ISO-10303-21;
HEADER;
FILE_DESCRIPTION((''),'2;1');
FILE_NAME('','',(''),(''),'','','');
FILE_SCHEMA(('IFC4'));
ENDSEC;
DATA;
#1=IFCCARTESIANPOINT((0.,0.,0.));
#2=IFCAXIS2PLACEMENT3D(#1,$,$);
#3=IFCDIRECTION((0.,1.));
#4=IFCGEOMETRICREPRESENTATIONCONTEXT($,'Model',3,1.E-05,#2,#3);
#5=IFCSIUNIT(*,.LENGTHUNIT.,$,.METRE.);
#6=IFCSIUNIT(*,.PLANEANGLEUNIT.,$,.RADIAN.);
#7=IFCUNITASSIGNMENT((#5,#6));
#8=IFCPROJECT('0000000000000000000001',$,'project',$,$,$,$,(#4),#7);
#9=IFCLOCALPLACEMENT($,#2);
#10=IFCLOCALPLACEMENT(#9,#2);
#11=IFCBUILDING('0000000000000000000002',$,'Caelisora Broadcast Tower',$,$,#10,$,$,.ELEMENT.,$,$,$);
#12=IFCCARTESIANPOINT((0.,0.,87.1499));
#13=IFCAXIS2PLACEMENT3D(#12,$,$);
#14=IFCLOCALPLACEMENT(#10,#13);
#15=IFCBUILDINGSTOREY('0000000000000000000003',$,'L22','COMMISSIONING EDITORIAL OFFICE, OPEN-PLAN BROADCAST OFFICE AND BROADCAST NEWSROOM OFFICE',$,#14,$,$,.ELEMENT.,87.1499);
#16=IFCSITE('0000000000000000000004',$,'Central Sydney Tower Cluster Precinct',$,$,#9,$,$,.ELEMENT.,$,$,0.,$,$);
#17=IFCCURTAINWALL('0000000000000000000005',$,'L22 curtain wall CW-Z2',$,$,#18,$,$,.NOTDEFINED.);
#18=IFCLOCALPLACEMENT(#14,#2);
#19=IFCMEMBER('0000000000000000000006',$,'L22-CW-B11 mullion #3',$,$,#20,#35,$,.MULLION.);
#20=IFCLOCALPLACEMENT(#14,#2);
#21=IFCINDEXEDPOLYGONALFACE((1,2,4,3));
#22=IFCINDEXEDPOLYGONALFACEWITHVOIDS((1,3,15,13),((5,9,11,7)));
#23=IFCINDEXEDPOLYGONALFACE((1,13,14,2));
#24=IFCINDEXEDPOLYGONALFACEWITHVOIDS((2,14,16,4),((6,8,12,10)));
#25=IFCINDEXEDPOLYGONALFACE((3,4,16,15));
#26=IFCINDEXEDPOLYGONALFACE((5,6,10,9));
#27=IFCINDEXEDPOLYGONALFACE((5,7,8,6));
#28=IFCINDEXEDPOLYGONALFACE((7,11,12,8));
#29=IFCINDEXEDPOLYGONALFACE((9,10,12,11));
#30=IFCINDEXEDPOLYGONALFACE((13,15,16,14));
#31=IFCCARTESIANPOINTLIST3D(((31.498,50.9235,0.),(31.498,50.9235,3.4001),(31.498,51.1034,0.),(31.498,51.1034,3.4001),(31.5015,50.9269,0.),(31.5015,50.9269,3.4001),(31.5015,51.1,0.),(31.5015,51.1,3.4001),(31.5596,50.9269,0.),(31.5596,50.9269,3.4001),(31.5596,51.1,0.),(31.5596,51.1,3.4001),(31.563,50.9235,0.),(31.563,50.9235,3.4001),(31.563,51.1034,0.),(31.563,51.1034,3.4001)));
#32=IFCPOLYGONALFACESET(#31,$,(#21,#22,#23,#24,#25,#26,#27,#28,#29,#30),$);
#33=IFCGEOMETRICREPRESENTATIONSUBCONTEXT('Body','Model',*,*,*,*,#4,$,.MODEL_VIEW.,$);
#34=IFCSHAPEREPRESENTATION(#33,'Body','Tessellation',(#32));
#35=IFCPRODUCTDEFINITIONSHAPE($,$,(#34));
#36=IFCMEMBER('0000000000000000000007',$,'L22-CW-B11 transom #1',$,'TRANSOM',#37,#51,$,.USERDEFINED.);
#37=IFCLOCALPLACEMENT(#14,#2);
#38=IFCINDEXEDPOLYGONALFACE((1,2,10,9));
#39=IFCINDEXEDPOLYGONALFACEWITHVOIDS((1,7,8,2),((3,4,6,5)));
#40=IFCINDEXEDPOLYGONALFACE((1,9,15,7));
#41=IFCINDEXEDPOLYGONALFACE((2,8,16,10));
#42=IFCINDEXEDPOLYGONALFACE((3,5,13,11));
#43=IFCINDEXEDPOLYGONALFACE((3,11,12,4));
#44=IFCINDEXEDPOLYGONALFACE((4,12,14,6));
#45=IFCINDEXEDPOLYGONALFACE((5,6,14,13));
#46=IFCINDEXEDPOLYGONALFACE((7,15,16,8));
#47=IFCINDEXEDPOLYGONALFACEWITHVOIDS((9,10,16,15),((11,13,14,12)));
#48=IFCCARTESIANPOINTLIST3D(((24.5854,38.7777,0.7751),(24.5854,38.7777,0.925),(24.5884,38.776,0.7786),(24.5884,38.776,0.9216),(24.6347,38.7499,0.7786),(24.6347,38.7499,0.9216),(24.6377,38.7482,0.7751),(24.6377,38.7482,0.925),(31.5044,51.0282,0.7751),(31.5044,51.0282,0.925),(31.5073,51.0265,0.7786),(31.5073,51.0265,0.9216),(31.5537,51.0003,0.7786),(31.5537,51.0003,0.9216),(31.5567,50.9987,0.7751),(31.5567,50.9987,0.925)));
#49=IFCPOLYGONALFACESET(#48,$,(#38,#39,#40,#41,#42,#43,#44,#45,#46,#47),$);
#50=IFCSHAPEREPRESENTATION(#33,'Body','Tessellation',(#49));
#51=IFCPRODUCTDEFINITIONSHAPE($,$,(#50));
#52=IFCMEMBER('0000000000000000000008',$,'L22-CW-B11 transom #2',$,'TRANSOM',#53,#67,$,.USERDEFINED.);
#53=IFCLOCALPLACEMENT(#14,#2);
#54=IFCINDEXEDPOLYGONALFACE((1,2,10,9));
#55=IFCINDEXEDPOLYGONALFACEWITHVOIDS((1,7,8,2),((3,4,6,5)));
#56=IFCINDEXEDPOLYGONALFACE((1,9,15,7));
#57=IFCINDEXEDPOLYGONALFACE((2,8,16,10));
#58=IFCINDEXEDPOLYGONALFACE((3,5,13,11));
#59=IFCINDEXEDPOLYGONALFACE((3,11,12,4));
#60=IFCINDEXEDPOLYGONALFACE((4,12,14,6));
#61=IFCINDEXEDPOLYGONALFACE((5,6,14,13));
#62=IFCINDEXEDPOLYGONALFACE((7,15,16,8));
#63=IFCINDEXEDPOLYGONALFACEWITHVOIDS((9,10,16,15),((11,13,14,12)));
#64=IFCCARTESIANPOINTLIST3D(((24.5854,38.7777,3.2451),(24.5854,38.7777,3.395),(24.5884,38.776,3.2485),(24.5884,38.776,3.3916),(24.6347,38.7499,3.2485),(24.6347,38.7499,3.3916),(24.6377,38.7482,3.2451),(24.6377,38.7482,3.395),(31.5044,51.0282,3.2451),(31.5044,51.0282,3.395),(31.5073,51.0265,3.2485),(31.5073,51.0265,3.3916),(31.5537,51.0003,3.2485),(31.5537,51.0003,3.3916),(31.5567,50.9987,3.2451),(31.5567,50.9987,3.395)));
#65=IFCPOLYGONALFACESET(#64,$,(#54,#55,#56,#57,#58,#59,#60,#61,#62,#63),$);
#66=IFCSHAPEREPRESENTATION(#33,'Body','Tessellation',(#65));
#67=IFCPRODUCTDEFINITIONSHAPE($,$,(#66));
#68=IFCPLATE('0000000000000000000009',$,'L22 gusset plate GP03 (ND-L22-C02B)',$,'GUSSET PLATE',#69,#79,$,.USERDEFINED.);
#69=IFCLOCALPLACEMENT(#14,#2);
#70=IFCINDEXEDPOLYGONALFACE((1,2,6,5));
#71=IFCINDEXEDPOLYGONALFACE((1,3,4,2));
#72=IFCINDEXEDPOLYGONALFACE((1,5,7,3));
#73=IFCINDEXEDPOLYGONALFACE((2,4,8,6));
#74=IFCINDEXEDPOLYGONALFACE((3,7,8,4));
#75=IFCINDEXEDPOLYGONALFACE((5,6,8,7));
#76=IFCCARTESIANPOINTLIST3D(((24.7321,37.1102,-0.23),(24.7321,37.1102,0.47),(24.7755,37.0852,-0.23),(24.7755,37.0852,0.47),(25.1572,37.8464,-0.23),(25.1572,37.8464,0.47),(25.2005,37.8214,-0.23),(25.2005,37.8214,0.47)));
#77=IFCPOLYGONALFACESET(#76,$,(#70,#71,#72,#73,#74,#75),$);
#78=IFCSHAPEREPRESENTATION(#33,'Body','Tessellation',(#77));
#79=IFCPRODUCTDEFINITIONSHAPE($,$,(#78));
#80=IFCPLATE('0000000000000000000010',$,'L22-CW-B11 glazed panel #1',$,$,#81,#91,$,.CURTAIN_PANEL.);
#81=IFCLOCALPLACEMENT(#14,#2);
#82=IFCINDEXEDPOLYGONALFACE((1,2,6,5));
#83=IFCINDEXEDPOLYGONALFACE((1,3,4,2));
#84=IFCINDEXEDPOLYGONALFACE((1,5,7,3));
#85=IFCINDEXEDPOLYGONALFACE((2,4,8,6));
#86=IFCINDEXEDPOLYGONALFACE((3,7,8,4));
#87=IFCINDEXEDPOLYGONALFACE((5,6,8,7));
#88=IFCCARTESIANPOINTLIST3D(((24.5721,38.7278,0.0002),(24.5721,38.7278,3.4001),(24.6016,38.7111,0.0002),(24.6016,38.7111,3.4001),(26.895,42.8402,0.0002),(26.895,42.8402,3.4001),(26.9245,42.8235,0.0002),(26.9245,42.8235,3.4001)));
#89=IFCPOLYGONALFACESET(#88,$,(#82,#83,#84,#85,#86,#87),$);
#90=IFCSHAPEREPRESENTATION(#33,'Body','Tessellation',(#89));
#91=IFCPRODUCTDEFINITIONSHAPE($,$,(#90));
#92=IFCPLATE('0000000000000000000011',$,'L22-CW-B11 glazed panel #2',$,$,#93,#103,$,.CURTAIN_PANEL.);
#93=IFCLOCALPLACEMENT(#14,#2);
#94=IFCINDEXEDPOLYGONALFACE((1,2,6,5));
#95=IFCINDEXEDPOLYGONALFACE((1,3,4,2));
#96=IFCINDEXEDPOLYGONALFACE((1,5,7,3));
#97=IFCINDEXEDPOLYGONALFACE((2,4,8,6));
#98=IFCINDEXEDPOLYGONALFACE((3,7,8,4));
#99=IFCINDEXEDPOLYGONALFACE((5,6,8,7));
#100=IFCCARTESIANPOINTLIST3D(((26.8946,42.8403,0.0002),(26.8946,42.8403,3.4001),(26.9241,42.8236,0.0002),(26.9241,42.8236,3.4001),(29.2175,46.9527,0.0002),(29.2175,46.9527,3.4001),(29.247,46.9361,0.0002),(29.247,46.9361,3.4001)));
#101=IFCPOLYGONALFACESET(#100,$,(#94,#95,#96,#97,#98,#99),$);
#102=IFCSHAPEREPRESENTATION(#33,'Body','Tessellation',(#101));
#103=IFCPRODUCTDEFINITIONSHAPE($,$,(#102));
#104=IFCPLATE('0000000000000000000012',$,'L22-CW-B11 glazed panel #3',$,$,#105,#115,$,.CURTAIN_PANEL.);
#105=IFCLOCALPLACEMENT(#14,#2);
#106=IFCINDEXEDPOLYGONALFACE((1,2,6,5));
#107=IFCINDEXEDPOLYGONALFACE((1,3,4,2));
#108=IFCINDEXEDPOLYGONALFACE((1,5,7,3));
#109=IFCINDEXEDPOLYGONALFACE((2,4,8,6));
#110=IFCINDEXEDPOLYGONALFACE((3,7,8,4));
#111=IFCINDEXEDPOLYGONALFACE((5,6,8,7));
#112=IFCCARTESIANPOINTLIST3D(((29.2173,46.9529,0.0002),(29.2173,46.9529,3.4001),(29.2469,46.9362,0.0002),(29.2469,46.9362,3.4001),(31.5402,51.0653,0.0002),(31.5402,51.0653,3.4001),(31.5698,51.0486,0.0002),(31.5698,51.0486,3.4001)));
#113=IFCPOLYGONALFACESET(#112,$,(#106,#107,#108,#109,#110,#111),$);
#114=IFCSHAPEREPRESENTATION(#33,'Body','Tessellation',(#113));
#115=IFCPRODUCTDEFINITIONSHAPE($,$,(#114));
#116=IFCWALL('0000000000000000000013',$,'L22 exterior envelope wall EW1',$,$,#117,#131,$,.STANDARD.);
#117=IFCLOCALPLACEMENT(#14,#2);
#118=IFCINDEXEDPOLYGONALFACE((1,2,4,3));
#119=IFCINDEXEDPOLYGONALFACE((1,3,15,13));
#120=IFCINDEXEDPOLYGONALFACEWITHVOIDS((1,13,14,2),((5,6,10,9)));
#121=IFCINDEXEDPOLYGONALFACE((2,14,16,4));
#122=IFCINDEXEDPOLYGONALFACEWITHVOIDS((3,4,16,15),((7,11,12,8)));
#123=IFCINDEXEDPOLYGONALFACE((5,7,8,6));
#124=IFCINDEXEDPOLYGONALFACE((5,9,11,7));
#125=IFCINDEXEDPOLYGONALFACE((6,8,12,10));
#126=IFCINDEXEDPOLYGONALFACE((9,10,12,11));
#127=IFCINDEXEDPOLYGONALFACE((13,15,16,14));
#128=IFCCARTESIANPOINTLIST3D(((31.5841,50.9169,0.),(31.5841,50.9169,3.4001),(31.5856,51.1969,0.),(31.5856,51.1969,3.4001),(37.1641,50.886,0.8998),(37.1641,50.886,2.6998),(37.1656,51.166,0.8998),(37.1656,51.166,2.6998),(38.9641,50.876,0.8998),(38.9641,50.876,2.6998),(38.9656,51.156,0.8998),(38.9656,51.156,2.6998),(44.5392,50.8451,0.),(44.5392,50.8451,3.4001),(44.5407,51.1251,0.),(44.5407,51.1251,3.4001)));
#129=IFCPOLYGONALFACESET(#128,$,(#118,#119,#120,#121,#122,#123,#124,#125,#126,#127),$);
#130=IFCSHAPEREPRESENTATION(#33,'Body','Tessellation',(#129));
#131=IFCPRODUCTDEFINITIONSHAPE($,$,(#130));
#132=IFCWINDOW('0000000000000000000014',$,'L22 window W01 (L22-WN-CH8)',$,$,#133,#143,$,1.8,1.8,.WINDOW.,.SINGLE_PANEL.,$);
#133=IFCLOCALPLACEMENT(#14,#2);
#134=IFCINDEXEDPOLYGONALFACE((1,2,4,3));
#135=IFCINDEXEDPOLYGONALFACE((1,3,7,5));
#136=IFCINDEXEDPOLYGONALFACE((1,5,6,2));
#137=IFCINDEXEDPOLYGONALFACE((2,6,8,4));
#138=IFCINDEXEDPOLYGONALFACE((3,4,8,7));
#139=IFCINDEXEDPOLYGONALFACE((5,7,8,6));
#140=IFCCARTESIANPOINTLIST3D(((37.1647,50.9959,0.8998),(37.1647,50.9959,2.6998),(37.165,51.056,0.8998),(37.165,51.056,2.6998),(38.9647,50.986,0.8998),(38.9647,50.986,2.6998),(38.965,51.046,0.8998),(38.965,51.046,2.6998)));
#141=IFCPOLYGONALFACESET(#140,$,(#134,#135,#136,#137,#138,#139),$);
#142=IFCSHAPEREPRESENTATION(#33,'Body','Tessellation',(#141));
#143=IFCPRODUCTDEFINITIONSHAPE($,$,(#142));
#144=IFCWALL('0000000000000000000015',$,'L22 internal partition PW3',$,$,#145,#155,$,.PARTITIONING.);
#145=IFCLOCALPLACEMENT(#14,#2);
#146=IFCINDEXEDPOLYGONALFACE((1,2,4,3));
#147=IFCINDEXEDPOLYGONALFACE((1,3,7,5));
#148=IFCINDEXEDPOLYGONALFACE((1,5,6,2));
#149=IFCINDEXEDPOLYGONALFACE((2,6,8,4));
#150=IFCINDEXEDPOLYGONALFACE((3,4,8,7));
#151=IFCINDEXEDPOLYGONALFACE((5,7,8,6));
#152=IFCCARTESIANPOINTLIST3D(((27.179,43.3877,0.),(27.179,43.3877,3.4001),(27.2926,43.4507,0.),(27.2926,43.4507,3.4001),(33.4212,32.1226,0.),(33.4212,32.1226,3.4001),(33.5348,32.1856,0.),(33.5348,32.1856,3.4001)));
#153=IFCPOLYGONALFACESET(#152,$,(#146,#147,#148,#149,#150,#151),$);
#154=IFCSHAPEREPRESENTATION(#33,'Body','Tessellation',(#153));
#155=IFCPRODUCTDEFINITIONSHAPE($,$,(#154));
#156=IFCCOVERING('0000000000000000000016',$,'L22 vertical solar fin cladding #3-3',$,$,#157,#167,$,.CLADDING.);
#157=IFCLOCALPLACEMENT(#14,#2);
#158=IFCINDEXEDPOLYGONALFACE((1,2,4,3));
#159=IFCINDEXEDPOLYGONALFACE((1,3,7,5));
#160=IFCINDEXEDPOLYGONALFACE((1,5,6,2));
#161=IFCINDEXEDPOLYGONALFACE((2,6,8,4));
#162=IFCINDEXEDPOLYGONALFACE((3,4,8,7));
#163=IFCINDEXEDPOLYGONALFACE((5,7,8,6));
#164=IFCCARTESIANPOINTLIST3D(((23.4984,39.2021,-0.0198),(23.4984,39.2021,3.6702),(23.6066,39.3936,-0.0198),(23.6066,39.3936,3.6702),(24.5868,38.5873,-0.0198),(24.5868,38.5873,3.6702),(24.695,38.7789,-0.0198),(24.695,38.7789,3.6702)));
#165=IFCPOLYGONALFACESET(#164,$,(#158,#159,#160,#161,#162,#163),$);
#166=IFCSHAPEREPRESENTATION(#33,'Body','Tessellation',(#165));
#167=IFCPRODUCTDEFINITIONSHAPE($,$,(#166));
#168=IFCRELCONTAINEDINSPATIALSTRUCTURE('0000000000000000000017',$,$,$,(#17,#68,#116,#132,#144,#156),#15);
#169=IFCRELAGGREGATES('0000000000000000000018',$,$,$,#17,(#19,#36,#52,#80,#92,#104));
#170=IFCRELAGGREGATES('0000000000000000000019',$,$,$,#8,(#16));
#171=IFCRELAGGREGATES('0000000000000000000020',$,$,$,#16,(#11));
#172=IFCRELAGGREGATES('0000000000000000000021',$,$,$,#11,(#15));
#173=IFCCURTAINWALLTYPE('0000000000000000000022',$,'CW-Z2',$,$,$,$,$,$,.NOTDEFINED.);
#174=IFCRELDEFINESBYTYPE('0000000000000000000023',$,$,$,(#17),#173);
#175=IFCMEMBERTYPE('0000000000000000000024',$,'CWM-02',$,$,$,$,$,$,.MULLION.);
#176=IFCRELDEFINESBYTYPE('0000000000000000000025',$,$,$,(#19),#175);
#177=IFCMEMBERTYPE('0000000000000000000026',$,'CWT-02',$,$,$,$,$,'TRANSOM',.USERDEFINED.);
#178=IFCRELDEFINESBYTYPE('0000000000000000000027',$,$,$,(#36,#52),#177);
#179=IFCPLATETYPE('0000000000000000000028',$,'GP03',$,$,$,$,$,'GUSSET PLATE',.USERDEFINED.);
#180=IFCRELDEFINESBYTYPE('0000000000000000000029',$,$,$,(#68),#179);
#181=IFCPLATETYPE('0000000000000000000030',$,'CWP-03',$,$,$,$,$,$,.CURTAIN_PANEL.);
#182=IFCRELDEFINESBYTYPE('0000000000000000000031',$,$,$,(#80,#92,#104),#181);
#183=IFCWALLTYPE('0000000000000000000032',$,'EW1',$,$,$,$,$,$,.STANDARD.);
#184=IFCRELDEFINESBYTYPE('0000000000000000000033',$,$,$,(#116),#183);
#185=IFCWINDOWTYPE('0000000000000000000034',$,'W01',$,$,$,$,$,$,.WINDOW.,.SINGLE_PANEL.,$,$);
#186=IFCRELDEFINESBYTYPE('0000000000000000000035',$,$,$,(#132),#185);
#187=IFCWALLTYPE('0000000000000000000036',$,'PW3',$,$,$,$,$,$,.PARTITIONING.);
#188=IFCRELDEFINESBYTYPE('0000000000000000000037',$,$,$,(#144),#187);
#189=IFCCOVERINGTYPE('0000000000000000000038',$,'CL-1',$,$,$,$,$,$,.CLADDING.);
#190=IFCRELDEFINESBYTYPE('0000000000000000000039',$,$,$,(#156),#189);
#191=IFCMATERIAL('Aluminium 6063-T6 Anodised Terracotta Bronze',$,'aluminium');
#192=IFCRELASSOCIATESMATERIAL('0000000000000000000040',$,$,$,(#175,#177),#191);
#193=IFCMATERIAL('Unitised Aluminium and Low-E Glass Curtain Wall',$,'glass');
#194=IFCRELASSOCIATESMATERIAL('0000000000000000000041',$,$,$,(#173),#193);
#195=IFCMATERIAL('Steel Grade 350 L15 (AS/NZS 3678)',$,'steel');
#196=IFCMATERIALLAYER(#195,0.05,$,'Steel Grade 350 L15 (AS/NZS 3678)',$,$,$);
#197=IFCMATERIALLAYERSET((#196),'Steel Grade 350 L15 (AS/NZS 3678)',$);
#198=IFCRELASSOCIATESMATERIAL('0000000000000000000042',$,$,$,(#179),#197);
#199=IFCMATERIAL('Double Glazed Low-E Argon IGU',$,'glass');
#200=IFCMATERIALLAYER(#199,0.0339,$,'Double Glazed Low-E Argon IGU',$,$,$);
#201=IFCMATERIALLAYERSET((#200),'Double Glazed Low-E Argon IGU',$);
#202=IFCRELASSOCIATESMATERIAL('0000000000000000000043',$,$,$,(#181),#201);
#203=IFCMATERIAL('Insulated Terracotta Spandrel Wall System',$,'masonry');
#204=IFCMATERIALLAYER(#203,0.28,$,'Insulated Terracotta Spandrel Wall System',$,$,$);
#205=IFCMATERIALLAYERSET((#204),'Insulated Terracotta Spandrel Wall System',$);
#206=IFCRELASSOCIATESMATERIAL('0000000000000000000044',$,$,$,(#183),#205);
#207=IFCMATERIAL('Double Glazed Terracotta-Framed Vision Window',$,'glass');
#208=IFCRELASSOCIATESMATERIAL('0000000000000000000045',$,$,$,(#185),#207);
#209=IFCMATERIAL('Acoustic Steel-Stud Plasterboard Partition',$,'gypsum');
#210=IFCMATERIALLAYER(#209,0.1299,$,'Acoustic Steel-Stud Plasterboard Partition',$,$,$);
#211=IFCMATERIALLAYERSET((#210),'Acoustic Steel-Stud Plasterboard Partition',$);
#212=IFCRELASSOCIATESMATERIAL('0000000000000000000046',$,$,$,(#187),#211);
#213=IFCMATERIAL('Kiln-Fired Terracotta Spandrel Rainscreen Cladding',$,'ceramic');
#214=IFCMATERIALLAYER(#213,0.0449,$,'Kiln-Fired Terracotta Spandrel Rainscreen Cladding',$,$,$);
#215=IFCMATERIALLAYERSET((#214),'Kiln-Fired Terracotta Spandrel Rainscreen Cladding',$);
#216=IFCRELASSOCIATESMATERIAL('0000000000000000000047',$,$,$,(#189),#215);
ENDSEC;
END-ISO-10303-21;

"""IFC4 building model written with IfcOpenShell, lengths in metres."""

from ifc_helpers import new_model, si_unit, direction, frame, frame_2d, origin, origin_2d, place, context, subcontext, project, spatial, rectangle, hollow_rectangle, extrude, source, transform, mapped, material, layer, layer_set, material_profile, profile_set, type_object, type_shapes, element, fill, aggregate, save


model = new_model("IFC4")

# Units and contexts
model_context = context("Model", 3, precision=1e-05, world=origin(), true_north=direction((0.0, 1.0)))
body_context = subcontext(model_context, "Body", "Model", "MODEL_VIEW")
ifc_project = project(units=[si_unit("LENGTHUNIT", "METRE"), si_unit("PLANEANGLEUNIT", "RADIAN")], contexts=[model_context])

# Site, building, storey
site_placement = place(None, origin())
site = spatial("IfcSite", under=ifc_project, at=site_placement, Name="Central Sydney Tower Cluster Precinct", CompositionType="ELEMENT", RefElevation=0.0)
building_placement = place(site_placement, origin())
building = spatial("IfcBuilding", under=site, at=building_placement, Name="Caelisora Broadcast Tower", CompositionType="ELEMENT")
storey_placement = place(building_placement, frame((0.0, 0.0, 87.1499)))
storey = spatial("IfcBuildingStorey", under=building, at=storey_placement, Name="L22", Description="COMMISSIONING EDITORIAL OFFICE, OPEN-PLAN BROADCAST OFFICE AND BROADCAST NEWSROOM OFFICE", CompositionType="ELEMENT", Elevation=87.1499)

# Shared definitions
ifc_material_1 = material(Name="Steel Grade 350 L15 (AS/NZS 3678)", Category="steel")

# Shared definitions
ifc_material_2 = material(Name="Aluminium 6063-T6 Anodised Terracotta Bronze", Category="aluminium")
ifc_material_profile_1 = material_profile(ifc_material_2, hollow_rectangle(XDim=0.0649, YDim=0.1799, WallThickness=0.0034, at=origin_2d()), Name="Aluminium 6063-T6 Anodised Terracotta Bronze")
ifc_profile_set_1 = profile_set([ifc_material_profile_1], Name="Aluminium 6063-T6 Anodised Terracotta Bronze")
member_type_1 = type_object("IfcMemberType", Name="CWM-02", PredefinedType="MULLION", material=ifc_profile_set_1)
shared_shape_1 = source(origin(), body_context, "Body", "SweptSolid", [
    extrude(hollow_rectangle(XDim=0.0649, YDim=0.1799, WallThickness=0.0034, at=origin_2d()), origin(), (0.0, 0.0, 1.0), 3.4001),
])
type_shapes(member_type_1, [shared_shape_1])

# Curtain wall, members
ifc_material_3 = material(Name="Unitised Aluminium and Low-E Glass Curtain Wall", Category="glass")
curtain_wall_type_1 = type_object("IfcCurtainWallType", Name="CW-Z2", PredefinedType="NOTDEFINED", material=ifc_material_3)
curtain_wall_1_placement = place(storey_placement, origin())
curtain_wall_1 = element("IfcCurtainWall", 1, at=curtain_wall_1_placement, inside=storey, type_object=curtain_wall_type_1, Name="L22 curtain wall CW-Z2", PredefinedType="NOTDEFINED")
member_1_placement = place(storey_placement, frame((31.5305, 51.0134, 0.0), z_axis=(0.0, 0.0, 1.0), x_axis=(1.0, 0.0, 0.0)))
member_1 = element("IfcMember", 2, at=member_1_placement, type_object=member_type_1, Name="L22-CW-B11 mullion #3", PredefinedType="MULLION", context=body_context, shape_type="MappedRepresentation", body=[
    mapped(shared_shape_1, transform((0.0, 0.0, 0.0), scale=1.0)),
])
ifc_material_profile_2 = material_profile(ifc_material_2, hollow_rectangle(XDim=0.0601, YDim=0.1499, WallThickness=0.0034, at=origin_2d()), Name="Aluminium 6063-T6 Anodised Terracotta Bronze")
ifc_profile_set_2 = profile_set([ifc_material_profile_2], Name="Aluminium 6063-T6 Anodised Terracotta Bronze")
member_type_2 = type_object("IfcMemberType", Name="CWT-02", ElementType="TRANSOM", PredefinedType="USERDEFINED", material=ifc_profile_set_2)
shared_shape_2 = source(origin(), body_context, "Body", "SweptSolid", [
    extrude(hollow_rectangle(XDim=0.0601, YDim=0.1499, WallThickness=0.0034, at=origin_2d()), origin(), (0.0, 0.0, 1.0), 14.0693),
])
type_shapes(member_type_2, [shared_shape_2])
member_2_placement = place(storey_placement, frame((24.6116, 38.7629, 0.8501), z_axis=(0.491775, 0.870722, 0.0), x_axis=(-0.870722, 0.491775, 0.0)))
member_2 = element("IfcMember", 3, at=member_2_placement, type_object=member_type_2, Name="L22-CW-B11 transom #1", ObjectType="TRANSOM", PredefinedType="USERDEFINED", context=body_context, shape_type="MappedRepresentation", body=[
    mapped(shared_shape_2, transform((0.0, 0.0, 0.0), scale=1.0)),
])
member_3_placement = place(storey_placement, frame((24.6116, 38.7629, 3.3201), z_axis=(0.491775, 0.870722, 0.0), x_axis=(-0.870722, 0.491775, 0.0)))
member_3 = element("IfcMember", 4, at=member_3_placement, type_object=member_type_2, Name="L22-CW-B11 transom #2", ObjectType="TRANSOM", PredefinedType="USERDEFINED", context=body_context, shape_type="MappedRepresentation", body=[
    mapped(shared_shape_2, transform((0.0, 0.0, 0.0), scale=1.0)),
])

# Plates
ifc_layer_1 = layer(ifc_material_1, 0.05, Name="Steel Grade 350 L15 (AS/NZS 3678)")
ifc_layer_set_1 = layer_set([ifc_layer_1], Name="Steel Grade 350 L15 (AS/NZS 3678)")
plate_type_1 = type_object("IfcPlateType", Name="GP03", ElementType="GUSSET PLATE", PredefinedType="USERDEFINED", material=ifc_layer_set_1)
shared_shape_3 = source(origin(), body_context, "Body", "SweptSolid", [
    extrude(rectangle(XDim=0.8501, YDim=0.05, at=origin_2d()), origin(), (0.0, 0.0, 1.0), 0.7),
])
type_shapes(plate_type_1, [shared_shape_3])
plate_1_placement = place(storey_placement, frame((24.9663, 37.4658, -0.23), z_axis=(0.0, 0.0, 1.0), x_axis=(-0.5, -0.866025, 0.0)))
element("IfcPlate", 5, at=plate_1_placement, inside=storey, type_object=plate_type_1, Name="L22 gusset plate GP03 (ND-L22-C02B)", ObjectType="GUSSET PLATE", PredefinedType="USERDEFINED", context=body_context, shape_type="MappedRepresentation", body=[
    mapped(shared_shape_3, transform((0.0, 0.0, 0.0), scale=1.0)),
])
ifc_material_4 = material(Name="Double Glazed Low-E Argon IGU", Category="glass")
ifc_layer_2 = layer(ifc_material_4, 0.0339, Name="Double Glazed Low-E Argon IGU")
ifc_layer_set_2 = layer_set([ifc_layer_2], Name="Double Glazed Low-E Argon IGU")
plate_type_2 = type_object("IfcPlateType", Name="CWP-03", PredefinedType="CURTAIN_PANEL", material=ifc_layer_set_2)
shared_shape_4 = source(origin(), body_context, "Body", "SweptSolid", [
    extrude(rectangle(XDim=4.7231, YDim=0.0339, at=origin_2d()), origin(), (0.0, 0.0, 1.0), 3.3999),
])
type_shapes(plate_type_2, [shared_shape_4])
plate_2_placement = place(storey_placement, frame((25.7483, 40.7756, 0.0002), z_axis=(0.0, 0.0, 1.0), x_axis=(0.491816, 0.870699, 0.0)))
plate_2 = element("IfcPlate", 6, at=plate_2_placement, type_object=plate_type_2, Name="L22-CW-B11 glazed panel #1", PredefinedType="CURTAIN_PANEL", context=body_context, shape_type="MappedRepresentation", body=[
    mapped(shared_shape_4, transform((0.0, 0.0, 0.0), scale=1.0)),
])
plate_3_placement = place(storey_placement, frame((28.0708, 44.8882, 0.0002), z_axis=(0.0, 0.0, 1.0), x_axis=(0.491816, 0.870699, 0.0)))
plate_3 = element("IfcPlate", 7, at=plate_3_placement, type_object=plate_type_2, Name="L22-CW-B11 glazed panel #2", PredefinedType="CURTAIN_PANEL", context=body_context, shape_type="MappedRepresentation", body=[
    mapped(shared_shape_4, transform((0.0, 0.0, 0.0), scale=1.0)),
])
plate_4_placement = place(storey_placement, frame((30.3936, 49.0007, 0.0002), z_axis=(0.0, 0.0, 1.0), x_axis=(0.491816, 0.870699, 0.0)))
plate_4 = element("IfcPlate", 8, at=plate_4_placement, type_object=plate_type_2, Name="L22-CW-B11 glazed panel #3", PredefinedType="CURTAIN_PANEL", context=body_context, shape_type="MappedRepresentation", body=[
    mapped(shared_shape_4, transform((0.0, 0.0, 0.0), scale=1.0)),
])
aggregate(curtain_wall_1, [member_1, member_2, member_3, plate_2, plate_3, plate_4])

# Wall, opening, window
ifc_material_5 = material(Name="Insulated Terracotta Spandrel Wall System", Category="masonry")
ifc_layer_3 = layer(ifc_material_5, 0.28, Name="Insulated Terracotta Spandrel Wall System")
ifc_layer_set_3 = layer_set([ifc_layer_3], Name="Insulated Terracotta Spandrel Wall System")
wall_type_1 = type_object("IfcWallType", Name="EW1", PredefinedType="STANDARD", material=ifc_layer_set_3)
wall_1_placement = place(storey_placement, frame((31.585, 51.0569, 0.0), z_axis=(0.0, 0.0, 1.0), x_axis=(0.999985, -0.00554, 0.0)))
wall_1 = element("IfcWall", 9, at=wall_1_placement, inside=storey, type_object=wall_type_1, Name="L22 exterior envelope wall EW1", PredefinedType="STANDARD", context=body_context, shape_type="SweptSolid", body=[
    extrude(rectangle(XDim=12.9553, YDim=0.28, at=frame_2d((6.4775, 0.0))), origin(), (0.0, 0.0, 1.0), 3.4001),
])
opening_placement = place(wall_1_placement, frame((5.5801, 0.0, 0.8999)))
opening = element("IfcOpeningElement", 10, at=opening_placement, cuts=wall_1, PredefinedType="OPENING", context=body_context, shape_type="SweptSolid", body=[
    extrude(rectangle(XDim=1.8, YDim=1.8, at=frame_2d((0.8999, 0.8999))), frame((0.0, 0.1521, 0.0), z_axis=(0.0, -1.0, 0.0), x_axis=(1.0, 0.0, 0.0)), (0.0, 0.0, 1.0), 0.304),
])
ifc_material_6 = material(Name="Double Glazed Terracotta-Framed Vision Window", Category="glass")
window_type = type_object("IfcWindowType", Name="W01", PartitioningType="SINGLE_PANEL", PredefinedType="WINDOW", material=ifc_material_6)
window_placement = place(opening_placement, origin())
window = element("IfcWindow", 11, at=window_placement, inside=storey, type_object=window_type, Name="L22 window W01 (L22-WN-CH8)", OverallHeight=1.8, OverallWidth=1.8, PartitioningType="SINGLE_PANEL", PredefinedType="WINDOW", context=body_context, shape_type="SweptSolid", body=[
    extrude(rectangle(XDim=1.8, YDim=1.8, at=frame_2d((0.8999, 0.8999))), frame((0.0, 0.03, 0.0), z_axis=(0.0, -1.0, 0.0), x_axis=(1.0, 0.0, 0.0)), (0.0, 0.0, 1.0), 0.0601),
])
fill(opening, window)

# Wall
ifc_material_7 = material(Name="Acoustic Steel-Stud Plasterboard Partition", Category="gypsum")
ifc_layer_4 = layer(ifc_material_7, 0.1299, Name="Acoustic Steel-Stud Plasterboard Partition")
ifc_layer_set_4 = layer_set([ifc_layer_4], Name="Acoustic Steel-Stud Plasterboard Partition")
wall_type_2 = type_object("IfcWallType", Name="PW3", PredefinedType="PARTITIONING", material=ifc_layer_set_4)
wall_2_placement = place(storey_placement, frame((27.2358, 43.4192, 0.0), z_axis=(0.0, 0.0, 1.0), x_axis=(0.48468, -0.874691, 0.0)))
element("IfcWall", 12, at=wall_2_placement, inside=storey, type_object=wall_type_2, Name="L22 internal partition PW3", PredefinedType="PARTITIONING", context=body_context, shape_type="SweptSolid", body=[
    extrude(rectangle(XDim=12.8789, YDim=0.1299, at=frame_2d((6.4395, 0.0))), origin(), (0.0, 0.0, 1.0), 3.4001),
])

# Covering
ifc_material_8 = material(Name="Kiln-Fired Terracotta Spandrel Rainscreen Cladding", Category="ceramic")
ifc_layer_5 = layer(ifc_material_8, 0.0449, Name="Kiln-Fired Terracotta Spandrel Rainscreen Cladding")
ifc_layer_set_5 = layer_set([ifc_layer_5], Name="Kiln-Fired Terracotta Spandrel Rainscreen Cladding")
covering_type = type_object("IfcCoveringType", Name="CL-1", PredefinedType="CLADDING", material=ifc_layer_set_5)
shared_shape_5 = source(origin(), body_context, "Body", "SweptSolid", [
    extrude(rectangle(XDim=0.22, YDim=1.25, at=origin_2d()), origin(), (0.0, 0.0, 1.0), 3.6899),
])
type_shapes(covering_type, [shared_shape_5])
for number, where, z_axis, x_axis, name in (
    (13, (24.0967, 38.9905, -0.0198), (0.0, 0.0, 1.0), (0.491816, 0.870699, 0.0), "L22 vertical solar fin cladding #3-3"),
):
    element("IfcCovering", number, at=place(storey_placement, frame(where, z_axis=z_axis, x_axis=x_axis)), inside=storey, type_object=covering_type, Name=name, PredefinedType="CLADDING", context=body_context, shape_type="MappedRepresentation", body=[
        mapped(shared_shape_5, transform((0.0, 0.0, 0.0), scale=1.0)),
    ])

save(model, "model.ifc")
